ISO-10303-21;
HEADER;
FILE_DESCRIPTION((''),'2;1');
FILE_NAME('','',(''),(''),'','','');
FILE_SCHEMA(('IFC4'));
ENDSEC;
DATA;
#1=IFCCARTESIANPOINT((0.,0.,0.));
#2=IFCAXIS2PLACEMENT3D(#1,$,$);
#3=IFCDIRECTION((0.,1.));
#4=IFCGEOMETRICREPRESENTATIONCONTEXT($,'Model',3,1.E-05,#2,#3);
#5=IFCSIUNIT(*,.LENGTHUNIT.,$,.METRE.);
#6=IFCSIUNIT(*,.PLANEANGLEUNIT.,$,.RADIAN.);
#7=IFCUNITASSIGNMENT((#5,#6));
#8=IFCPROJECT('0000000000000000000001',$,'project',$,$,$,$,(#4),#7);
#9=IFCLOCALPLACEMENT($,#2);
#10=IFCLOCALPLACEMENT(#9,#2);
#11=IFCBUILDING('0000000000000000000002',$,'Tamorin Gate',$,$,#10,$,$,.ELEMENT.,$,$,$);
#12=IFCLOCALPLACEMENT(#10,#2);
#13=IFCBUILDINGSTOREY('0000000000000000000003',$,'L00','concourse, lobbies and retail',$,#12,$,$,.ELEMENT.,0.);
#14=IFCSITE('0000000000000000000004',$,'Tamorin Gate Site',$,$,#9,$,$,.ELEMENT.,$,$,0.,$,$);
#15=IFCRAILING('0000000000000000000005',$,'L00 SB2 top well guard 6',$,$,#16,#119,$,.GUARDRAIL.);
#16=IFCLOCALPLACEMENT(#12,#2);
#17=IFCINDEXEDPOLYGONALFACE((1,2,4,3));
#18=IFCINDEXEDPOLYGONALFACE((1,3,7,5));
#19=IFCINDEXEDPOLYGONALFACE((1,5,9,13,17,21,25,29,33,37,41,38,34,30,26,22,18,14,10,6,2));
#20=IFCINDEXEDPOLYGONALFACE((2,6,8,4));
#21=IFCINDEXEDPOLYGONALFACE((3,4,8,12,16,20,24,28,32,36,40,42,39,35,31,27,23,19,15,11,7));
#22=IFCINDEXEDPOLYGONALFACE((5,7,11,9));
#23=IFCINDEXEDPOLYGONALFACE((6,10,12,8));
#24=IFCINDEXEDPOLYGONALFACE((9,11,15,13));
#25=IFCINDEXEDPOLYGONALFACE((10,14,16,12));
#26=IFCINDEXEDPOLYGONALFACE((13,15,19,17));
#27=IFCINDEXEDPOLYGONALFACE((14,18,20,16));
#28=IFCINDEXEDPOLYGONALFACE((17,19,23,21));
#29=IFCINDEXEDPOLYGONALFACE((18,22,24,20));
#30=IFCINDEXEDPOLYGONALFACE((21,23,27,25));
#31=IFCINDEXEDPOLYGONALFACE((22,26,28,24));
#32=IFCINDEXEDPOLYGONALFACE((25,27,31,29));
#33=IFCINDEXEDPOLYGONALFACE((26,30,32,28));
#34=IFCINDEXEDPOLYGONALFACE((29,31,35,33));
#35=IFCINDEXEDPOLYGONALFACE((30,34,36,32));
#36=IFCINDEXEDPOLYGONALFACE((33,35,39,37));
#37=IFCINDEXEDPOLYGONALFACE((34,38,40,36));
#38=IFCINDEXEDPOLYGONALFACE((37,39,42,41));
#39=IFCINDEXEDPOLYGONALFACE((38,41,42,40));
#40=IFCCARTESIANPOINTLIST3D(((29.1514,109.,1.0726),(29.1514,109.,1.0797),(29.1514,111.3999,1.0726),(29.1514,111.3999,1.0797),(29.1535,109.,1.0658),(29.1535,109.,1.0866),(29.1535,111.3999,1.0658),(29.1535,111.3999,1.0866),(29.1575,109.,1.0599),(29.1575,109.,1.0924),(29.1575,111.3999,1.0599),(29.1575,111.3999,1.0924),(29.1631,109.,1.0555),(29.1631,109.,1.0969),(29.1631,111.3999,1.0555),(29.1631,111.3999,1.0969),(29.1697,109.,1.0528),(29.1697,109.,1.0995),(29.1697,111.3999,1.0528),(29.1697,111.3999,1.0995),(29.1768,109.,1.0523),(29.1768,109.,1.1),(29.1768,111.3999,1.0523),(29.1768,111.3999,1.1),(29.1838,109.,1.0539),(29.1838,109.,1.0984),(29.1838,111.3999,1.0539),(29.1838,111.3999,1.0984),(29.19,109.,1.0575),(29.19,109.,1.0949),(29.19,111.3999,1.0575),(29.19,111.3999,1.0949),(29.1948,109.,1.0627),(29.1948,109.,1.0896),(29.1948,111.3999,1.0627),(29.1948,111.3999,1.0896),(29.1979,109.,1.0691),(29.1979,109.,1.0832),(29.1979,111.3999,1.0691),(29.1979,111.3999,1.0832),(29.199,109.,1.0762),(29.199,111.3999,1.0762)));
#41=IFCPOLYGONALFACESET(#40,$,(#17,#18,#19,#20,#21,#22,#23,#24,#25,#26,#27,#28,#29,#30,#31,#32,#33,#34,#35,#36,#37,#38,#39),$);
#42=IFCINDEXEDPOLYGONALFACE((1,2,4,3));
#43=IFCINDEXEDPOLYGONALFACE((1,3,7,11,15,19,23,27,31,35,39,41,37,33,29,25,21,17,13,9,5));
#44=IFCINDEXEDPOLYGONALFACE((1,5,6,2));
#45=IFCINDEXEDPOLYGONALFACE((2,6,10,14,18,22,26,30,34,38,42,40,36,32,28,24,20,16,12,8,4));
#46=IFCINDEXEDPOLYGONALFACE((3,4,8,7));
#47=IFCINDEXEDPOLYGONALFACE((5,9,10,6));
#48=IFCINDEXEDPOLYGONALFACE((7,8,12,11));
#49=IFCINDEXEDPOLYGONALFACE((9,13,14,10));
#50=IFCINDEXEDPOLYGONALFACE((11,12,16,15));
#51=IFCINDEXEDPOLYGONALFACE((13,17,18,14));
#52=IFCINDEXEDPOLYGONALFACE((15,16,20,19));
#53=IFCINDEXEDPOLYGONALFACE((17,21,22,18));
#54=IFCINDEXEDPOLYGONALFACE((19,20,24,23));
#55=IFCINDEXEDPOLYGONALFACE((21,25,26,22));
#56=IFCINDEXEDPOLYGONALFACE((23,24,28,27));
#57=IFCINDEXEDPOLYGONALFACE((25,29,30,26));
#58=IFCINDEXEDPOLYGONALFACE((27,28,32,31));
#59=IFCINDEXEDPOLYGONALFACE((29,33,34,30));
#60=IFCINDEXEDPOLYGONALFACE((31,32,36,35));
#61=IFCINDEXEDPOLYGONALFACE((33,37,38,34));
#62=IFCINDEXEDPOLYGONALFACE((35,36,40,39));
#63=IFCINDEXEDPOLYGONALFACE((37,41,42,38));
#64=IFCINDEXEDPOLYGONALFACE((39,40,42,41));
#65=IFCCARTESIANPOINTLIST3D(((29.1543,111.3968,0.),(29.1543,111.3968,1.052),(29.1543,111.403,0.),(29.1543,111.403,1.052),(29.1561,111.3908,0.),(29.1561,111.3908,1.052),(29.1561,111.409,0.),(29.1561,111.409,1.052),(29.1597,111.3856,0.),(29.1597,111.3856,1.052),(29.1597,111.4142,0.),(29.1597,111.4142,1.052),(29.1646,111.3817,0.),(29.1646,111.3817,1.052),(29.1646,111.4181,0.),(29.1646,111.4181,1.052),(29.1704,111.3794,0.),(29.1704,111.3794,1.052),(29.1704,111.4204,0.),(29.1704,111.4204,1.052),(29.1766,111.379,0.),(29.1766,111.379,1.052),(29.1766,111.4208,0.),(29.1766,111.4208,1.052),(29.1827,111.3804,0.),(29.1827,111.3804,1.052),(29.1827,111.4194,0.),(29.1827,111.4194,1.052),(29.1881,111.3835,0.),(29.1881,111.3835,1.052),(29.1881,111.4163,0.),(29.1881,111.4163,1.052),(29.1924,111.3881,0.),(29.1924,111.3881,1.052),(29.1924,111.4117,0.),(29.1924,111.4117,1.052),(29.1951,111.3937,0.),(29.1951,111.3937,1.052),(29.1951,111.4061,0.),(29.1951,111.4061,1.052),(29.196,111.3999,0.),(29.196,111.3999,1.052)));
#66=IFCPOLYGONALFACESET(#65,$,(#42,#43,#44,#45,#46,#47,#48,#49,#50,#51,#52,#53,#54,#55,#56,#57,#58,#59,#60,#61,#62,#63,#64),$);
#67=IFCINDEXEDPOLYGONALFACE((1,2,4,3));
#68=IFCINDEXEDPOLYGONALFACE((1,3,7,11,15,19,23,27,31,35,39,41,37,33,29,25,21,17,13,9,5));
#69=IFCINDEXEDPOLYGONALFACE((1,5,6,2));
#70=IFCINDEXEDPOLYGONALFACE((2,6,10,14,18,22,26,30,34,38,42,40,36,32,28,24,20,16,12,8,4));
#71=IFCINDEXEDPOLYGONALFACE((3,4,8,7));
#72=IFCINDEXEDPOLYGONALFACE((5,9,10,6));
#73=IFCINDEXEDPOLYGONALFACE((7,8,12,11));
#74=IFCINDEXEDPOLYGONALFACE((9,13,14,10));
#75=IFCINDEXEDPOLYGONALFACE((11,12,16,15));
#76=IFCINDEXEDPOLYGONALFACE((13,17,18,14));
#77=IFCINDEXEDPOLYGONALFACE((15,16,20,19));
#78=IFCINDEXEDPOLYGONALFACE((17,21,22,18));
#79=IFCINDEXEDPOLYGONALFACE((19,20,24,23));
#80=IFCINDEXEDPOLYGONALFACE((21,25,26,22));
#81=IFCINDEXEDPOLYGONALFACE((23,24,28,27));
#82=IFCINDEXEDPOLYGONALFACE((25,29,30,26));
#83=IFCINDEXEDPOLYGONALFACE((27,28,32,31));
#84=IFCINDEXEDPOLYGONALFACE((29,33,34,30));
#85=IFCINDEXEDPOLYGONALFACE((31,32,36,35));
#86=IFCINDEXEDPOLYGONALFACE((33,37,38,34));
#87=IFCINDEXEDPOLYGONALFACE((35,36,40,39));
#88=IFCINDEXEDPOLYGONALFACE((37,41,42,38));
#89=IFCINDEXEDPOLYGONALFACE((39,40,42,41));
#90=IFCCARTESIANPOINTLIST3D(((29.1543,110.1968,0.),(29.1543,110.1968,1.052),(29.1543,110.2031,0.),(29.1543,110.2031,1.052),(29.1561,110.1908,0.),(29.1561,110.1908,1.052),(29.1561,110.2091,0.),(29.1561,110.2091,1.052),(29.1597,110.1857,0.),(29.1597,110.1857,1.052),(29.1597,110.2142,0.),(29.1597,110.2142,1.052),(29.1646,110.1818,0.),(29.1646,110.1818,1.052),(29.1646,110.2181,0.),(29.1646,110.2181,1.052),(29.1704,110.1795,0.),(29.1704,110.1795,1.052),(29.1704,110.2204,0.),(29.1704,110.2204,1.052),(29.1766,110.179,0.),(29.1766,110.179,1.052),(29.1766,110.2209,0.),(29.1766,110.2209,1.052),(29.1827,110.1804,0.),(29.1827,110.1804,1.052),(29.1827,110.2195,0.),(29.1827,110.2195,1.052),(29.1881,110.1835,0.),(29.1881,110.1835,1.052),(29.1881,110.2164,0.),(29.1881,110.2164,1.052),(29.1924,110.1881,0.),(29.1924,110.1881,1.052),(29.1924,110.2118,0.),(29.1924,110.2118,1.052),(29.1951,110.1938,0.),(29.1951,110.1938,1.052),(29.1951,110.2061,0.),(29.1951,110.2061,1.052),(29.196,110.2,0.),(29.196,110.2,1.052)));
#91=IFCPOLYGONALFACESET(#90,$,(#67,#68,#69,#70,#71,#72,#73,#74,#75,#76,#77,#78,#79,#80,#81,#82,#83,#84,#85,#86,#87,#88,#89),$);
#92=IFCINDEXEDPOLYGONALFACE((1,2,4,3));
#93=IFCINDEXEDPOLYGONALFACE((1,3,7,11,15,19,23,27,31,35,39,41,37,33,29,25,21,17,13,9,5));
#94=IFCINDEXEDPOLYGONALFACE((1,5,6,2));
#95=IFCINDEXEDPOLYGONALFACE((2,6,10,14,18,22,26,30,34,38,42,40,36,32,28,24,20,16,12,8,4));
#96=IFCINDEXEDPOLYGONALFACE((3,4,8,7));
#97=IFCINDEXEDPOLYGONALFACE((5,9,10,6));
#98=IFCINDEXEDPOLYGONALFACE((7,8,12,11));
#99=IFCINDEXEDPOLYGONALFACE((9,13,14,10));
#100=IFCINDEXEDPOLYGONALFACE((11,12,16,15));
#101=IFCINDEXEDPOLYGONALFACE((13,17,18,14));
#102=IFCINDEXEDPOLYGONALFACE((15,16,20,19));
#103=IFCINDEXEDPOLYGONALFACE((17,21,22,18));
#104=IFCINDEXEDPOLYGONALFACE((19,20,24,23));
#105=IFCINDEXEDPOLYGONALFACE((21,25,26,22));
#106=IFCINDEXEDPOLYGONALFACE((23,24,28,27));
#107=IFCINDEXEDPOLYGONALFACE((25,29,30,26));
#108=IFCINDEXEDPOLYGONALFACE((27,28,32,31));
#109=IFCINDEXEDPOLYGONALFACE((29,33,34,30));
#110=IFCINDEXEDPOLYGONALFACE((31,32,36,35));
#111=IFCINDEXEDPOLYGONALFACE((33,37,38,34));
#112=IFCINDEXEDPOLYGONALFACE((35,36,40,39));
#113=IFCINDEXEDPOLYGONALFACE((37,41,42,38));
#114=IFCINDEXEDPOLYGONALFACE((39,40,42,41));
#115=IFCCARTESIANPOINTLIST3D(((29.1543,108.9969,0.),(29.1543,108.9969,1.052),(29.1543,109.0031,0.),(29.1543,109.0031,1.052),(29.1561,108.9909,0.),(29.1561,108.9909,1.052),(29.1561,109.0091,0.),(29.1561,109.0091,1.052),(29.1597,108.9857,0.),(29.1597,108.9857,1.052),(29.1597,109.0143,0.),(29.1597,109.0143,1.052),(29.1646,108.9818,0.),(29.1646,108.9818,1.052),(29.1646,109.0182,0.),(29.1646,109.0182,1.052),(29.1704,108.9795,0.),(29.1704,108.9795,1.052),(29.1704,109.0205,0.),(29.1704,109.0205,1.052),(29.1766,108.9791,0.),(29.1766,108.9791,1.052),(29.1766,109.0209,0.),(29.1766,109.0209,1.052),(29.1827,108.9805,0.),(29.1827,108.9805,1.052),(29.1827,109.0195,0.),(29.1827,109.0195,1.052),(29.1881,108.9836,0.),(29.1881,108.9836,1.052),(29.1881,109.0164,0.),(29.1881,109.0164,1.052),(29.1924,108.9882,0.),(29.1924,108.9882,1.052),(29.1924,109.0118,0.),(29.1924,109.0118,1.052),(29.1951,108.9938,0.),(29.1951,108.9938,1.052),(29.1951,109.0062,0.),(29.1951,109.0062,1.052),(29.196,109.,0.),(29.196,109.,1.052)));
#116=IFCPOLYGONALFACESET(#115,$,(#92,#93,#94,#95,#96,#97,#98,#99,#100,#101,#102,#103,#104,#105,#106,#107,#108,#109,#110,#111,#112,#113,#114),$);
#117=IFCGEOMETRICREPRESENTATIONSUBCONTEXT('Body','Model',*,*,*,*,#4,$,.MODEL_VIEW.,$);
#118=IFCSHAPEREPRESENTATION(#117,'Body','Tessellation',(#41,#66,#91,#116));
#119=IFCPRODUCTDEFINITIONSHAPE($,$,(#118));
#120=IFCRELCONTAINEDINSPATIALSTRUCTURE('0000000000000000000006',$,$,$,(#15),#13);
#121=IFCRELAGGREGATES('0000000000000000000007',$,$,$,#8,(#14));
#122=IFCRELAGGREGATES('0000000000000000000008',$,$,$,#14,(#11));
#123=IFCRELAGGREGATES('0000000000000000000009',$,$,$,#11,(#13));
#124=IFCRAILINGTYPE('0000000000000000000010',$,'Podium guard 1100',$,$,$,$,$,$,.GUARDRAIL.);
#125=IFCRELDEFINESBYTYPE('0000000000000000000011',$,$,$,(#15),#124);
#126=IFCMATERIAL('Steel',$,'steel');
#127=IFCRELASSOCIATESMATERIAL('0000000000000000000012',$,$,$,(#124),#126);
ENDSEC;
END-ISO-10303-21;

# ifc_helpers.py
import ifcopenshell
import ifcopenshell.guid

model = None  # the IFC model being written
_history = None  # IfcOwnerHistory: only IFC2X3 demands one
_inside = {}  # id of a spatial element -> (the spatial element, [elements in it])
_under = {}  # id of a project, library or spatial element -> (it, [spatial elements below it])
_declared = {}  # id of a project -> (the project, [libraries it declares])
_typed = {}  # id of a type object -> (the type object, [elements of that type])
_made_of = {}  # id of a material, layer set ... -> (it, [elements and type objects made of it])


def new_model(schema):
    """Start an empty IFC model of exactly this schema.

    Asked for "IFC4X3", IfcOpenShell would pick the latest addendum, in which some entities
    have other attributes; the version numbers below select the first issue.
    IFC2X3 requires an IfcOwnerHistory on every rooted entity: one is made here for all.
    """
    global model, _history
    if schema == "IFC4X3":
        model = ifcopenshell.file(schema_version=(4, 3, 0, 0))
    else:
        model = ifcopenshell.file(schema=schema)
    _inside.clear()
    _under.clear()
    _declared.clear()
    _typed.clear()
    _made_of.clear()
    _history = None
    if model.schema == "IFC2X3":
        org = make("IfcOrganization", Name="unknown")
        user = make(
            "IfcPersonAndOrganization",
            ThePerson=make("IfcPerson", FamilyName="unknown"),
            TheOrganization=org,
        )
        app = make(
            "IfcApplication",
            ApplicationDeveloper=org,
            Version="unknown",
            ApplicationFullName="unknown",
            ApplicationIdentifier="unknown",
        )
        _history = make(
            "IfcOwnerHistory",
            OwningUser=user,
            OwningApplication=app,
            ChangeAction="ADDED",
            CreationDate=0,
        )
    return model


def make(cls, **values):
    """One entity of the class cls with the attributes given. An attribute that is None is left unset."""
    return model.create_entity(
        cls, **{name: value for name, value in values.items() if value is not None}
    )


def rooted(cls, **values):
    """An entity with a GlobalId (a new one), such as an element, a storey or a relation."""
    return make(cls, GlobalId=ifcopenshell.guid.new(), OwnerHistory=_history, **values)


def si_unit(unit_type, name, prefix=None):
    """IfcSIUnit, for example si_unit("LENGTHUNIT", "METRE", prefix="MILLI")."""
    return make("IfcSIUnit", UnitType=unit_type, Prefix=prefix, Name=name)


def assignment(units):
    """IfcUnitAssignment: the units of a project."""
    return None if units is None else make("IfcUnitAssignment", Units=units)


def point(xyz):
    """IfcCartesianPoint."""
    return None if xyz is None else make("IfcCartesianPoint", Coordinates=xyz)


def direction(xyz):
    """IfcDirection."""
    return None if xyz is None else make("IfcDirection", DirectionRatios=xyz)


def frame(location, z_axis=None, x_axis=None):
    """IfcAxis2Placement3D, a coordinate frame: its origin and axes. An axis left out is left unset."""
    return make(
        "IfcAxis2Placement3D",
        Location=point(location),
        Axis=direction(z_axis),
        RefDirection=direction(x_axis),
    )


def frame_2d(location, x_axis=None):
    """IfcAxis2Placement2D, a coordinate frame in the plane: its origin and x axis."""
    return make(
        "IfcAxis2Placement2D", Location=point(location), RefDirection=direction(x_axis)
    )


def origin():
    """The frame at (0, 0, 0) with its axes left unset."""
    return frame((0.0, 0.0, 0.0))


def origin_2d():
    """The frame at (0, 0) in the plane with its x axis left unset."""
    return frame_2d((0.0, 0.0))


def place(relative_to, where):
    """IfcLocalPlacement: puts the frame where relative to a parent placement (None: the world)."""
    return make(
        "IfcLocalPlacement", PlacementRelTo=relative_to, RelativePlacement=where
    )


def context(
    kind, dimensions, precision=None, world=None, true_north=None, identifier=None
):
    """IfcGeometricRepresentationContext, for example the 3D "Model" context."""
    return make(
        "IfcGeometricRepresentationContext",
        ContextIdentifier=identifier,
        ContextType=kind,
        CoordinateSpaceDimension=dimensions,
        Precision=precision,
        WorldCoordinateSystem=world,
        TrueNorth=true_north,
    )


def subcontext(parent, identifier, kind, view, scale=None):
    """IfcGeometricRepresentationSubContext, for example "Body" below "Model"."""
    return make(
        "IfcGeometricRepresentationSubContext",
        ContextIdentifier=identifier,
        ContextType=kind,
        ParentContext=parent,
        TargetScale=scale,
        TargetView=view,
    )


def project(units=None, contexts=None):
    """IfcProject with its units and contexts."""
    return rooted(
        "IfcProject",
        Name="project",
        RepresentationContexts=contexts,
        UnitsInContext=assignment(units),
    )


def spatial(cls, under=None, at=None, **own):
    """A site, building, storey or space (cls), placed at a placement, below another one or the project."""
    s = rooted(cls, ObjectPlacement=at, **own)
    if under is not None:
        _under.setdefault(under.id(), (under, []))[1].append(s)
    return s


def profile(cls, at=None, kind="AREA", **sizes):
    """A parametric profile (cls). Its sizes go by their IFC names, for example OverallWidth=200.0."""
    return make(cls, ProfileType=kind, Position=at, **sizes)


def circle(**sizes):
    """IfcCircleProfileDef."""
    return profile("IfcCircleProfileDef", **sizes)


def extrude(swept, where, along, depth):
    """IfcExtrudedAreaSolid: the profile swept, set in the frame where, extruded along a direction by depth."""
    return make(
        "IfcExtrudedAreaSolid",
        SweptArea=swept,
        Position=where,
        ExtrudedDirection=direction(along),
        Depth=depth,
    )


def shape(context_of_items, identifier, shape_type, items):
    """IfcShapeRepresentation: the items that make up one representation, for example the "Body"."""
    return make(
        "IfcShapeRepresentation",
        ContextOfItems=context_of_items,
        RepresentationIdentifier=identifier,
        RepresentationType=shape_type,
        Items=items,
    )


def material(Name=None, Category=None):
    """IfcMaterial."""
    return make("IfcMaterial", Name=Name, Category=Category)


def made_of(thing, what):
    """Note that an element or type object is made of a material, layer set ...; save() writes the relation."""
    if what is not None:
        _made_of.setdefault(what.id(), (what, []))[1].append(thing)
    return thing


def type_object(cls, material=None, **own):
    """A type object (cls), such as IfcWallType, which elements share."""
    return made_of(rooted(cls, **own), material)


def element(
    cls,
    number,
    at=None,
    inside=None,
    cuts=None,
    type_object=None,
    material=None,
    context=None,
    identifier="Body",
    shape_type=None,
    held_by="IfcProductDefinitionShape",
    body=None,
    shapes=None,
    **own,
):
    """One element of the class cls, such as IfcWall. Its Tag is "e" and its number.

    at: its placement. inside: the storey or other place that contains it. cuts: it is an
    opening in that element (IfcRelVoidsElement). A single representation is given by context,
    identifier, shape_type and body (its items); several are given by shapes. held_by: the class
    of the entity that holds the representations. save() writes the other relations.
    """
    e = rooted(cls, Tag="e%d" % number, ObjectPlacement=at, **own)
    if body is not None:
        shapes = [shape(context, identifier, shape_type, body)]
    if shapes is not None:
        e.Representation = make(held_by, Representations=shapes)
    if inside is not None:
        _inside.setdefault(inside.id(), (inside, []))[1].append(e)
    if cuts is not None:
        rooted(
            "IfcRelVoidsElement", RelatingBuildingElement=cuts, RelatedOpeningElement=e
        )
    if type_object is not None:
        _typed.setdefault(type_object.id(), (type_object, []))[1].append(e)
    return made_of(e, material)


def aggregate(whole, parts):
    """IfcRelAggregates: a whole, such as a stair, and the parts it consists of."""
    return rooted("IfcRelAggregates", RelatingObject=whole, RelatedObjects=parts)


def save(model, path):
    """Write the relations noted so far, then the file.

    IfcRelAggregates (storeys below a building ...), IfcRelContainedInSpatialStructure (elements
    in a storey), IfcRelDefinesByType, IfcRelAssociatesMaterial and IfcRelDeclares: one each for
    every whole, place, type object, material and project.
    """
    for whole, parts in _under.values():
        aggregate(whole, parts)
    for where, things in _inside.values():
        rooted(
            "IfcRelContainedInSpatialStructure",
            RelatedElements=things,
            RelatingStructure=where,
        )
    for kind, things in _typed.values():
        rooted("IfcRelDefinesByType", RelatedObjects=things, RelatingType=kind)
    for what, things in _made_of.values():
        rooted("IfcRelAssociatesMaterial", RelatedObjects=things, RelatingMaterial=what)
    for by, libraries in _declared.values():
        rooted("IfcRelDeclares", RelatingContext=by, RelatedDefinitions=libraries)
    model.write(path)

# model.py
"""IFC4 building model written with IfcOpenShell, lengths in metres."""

from ifc_helpers import new_model, si_unit, direction, frame, origin, origin_2d, place, context, subcontext, project, spatial, circle, extrude, material, type_object, element, save


model = new_model("IFC4")

# Units and contexts
model_context = context("Model", 3, precision=1e-05, world=origin(), true_north=direction((0.0, 1.0)))
body_context = subcontext(model_context, "Body", "Model", "MODEL_VIEW")
ifc_project = project(units=[si_unit("LENGTHUNIT", "METRE"), si_unit("PLANEANGLEUNIT", "RADIAN")], contexts=[model_context])

# Site, building, storey
site_placement = place(None, origin())
site = spatial("IfcSite", under=ifc_project, at=site_placement, Name="Tamorin Gate Site", CompositionType="ELEMENT", RefElevation=0.0)
building_placement = place(site_placement, origin())
building = spatial("IfcBuilding", under=site, at=building_placement, Name="Tamorin Gate", CompositionType="ELEMENT")
storey_placement = place(building_placement, origin())
storey = spatial("IfcBuildingStorey", under=building, at=storey_placement, Name="L00", Description="concourse, lobbies and retail", CompositionType="ELEMENT", Elevation=0.0)

# Railing
ifc_material_1 = material(Name="Steel", Category="steel")
railing_type = type_object("IfcRailingType", Name="Podium guard 1100", PredefinedType="GUARDRAIL", material=ifc_material_1)
for number, where, name in (
    (1, (29.175, 111.3999, 0.0), "L00 SB2 top well guard 6"),
):
    element("IfcRailing", number, at=place(storey_placement, frame(where)), inside=storey, type_object=railing_type, Name=name, PredefinedType="GUARDRAIL", context=body_context, shape_type="SweptSolid", body=[
        extrude(circle(Radius=0.0239, at=origin_2d()), frame((0.0, 0.0, 1.0762), z_axis=(0.0, -1.0, 0.0), x_axis=(1.0, 0.0, 0.0)), (0.0, 0.0, 1.0), 2.3999),
        extrude(circle(Radius=0.021, at=origin_2d()), origin(), (0.0, 0.0, 1.0), 1.052),
        extrude(circle(Radius=0.021, at=origin_2d()), frame((0.0, -1.2, 0.0)), (0.0, 0.0, 1.0), 1.052),
        extrude(circle(Radius=0.021, at=origin_2d()), frame((0.0, -2.3999, 0.0)), (0.0, 0.0, 1.0), 1.052),
    ])

save(model, "model.ifc")
